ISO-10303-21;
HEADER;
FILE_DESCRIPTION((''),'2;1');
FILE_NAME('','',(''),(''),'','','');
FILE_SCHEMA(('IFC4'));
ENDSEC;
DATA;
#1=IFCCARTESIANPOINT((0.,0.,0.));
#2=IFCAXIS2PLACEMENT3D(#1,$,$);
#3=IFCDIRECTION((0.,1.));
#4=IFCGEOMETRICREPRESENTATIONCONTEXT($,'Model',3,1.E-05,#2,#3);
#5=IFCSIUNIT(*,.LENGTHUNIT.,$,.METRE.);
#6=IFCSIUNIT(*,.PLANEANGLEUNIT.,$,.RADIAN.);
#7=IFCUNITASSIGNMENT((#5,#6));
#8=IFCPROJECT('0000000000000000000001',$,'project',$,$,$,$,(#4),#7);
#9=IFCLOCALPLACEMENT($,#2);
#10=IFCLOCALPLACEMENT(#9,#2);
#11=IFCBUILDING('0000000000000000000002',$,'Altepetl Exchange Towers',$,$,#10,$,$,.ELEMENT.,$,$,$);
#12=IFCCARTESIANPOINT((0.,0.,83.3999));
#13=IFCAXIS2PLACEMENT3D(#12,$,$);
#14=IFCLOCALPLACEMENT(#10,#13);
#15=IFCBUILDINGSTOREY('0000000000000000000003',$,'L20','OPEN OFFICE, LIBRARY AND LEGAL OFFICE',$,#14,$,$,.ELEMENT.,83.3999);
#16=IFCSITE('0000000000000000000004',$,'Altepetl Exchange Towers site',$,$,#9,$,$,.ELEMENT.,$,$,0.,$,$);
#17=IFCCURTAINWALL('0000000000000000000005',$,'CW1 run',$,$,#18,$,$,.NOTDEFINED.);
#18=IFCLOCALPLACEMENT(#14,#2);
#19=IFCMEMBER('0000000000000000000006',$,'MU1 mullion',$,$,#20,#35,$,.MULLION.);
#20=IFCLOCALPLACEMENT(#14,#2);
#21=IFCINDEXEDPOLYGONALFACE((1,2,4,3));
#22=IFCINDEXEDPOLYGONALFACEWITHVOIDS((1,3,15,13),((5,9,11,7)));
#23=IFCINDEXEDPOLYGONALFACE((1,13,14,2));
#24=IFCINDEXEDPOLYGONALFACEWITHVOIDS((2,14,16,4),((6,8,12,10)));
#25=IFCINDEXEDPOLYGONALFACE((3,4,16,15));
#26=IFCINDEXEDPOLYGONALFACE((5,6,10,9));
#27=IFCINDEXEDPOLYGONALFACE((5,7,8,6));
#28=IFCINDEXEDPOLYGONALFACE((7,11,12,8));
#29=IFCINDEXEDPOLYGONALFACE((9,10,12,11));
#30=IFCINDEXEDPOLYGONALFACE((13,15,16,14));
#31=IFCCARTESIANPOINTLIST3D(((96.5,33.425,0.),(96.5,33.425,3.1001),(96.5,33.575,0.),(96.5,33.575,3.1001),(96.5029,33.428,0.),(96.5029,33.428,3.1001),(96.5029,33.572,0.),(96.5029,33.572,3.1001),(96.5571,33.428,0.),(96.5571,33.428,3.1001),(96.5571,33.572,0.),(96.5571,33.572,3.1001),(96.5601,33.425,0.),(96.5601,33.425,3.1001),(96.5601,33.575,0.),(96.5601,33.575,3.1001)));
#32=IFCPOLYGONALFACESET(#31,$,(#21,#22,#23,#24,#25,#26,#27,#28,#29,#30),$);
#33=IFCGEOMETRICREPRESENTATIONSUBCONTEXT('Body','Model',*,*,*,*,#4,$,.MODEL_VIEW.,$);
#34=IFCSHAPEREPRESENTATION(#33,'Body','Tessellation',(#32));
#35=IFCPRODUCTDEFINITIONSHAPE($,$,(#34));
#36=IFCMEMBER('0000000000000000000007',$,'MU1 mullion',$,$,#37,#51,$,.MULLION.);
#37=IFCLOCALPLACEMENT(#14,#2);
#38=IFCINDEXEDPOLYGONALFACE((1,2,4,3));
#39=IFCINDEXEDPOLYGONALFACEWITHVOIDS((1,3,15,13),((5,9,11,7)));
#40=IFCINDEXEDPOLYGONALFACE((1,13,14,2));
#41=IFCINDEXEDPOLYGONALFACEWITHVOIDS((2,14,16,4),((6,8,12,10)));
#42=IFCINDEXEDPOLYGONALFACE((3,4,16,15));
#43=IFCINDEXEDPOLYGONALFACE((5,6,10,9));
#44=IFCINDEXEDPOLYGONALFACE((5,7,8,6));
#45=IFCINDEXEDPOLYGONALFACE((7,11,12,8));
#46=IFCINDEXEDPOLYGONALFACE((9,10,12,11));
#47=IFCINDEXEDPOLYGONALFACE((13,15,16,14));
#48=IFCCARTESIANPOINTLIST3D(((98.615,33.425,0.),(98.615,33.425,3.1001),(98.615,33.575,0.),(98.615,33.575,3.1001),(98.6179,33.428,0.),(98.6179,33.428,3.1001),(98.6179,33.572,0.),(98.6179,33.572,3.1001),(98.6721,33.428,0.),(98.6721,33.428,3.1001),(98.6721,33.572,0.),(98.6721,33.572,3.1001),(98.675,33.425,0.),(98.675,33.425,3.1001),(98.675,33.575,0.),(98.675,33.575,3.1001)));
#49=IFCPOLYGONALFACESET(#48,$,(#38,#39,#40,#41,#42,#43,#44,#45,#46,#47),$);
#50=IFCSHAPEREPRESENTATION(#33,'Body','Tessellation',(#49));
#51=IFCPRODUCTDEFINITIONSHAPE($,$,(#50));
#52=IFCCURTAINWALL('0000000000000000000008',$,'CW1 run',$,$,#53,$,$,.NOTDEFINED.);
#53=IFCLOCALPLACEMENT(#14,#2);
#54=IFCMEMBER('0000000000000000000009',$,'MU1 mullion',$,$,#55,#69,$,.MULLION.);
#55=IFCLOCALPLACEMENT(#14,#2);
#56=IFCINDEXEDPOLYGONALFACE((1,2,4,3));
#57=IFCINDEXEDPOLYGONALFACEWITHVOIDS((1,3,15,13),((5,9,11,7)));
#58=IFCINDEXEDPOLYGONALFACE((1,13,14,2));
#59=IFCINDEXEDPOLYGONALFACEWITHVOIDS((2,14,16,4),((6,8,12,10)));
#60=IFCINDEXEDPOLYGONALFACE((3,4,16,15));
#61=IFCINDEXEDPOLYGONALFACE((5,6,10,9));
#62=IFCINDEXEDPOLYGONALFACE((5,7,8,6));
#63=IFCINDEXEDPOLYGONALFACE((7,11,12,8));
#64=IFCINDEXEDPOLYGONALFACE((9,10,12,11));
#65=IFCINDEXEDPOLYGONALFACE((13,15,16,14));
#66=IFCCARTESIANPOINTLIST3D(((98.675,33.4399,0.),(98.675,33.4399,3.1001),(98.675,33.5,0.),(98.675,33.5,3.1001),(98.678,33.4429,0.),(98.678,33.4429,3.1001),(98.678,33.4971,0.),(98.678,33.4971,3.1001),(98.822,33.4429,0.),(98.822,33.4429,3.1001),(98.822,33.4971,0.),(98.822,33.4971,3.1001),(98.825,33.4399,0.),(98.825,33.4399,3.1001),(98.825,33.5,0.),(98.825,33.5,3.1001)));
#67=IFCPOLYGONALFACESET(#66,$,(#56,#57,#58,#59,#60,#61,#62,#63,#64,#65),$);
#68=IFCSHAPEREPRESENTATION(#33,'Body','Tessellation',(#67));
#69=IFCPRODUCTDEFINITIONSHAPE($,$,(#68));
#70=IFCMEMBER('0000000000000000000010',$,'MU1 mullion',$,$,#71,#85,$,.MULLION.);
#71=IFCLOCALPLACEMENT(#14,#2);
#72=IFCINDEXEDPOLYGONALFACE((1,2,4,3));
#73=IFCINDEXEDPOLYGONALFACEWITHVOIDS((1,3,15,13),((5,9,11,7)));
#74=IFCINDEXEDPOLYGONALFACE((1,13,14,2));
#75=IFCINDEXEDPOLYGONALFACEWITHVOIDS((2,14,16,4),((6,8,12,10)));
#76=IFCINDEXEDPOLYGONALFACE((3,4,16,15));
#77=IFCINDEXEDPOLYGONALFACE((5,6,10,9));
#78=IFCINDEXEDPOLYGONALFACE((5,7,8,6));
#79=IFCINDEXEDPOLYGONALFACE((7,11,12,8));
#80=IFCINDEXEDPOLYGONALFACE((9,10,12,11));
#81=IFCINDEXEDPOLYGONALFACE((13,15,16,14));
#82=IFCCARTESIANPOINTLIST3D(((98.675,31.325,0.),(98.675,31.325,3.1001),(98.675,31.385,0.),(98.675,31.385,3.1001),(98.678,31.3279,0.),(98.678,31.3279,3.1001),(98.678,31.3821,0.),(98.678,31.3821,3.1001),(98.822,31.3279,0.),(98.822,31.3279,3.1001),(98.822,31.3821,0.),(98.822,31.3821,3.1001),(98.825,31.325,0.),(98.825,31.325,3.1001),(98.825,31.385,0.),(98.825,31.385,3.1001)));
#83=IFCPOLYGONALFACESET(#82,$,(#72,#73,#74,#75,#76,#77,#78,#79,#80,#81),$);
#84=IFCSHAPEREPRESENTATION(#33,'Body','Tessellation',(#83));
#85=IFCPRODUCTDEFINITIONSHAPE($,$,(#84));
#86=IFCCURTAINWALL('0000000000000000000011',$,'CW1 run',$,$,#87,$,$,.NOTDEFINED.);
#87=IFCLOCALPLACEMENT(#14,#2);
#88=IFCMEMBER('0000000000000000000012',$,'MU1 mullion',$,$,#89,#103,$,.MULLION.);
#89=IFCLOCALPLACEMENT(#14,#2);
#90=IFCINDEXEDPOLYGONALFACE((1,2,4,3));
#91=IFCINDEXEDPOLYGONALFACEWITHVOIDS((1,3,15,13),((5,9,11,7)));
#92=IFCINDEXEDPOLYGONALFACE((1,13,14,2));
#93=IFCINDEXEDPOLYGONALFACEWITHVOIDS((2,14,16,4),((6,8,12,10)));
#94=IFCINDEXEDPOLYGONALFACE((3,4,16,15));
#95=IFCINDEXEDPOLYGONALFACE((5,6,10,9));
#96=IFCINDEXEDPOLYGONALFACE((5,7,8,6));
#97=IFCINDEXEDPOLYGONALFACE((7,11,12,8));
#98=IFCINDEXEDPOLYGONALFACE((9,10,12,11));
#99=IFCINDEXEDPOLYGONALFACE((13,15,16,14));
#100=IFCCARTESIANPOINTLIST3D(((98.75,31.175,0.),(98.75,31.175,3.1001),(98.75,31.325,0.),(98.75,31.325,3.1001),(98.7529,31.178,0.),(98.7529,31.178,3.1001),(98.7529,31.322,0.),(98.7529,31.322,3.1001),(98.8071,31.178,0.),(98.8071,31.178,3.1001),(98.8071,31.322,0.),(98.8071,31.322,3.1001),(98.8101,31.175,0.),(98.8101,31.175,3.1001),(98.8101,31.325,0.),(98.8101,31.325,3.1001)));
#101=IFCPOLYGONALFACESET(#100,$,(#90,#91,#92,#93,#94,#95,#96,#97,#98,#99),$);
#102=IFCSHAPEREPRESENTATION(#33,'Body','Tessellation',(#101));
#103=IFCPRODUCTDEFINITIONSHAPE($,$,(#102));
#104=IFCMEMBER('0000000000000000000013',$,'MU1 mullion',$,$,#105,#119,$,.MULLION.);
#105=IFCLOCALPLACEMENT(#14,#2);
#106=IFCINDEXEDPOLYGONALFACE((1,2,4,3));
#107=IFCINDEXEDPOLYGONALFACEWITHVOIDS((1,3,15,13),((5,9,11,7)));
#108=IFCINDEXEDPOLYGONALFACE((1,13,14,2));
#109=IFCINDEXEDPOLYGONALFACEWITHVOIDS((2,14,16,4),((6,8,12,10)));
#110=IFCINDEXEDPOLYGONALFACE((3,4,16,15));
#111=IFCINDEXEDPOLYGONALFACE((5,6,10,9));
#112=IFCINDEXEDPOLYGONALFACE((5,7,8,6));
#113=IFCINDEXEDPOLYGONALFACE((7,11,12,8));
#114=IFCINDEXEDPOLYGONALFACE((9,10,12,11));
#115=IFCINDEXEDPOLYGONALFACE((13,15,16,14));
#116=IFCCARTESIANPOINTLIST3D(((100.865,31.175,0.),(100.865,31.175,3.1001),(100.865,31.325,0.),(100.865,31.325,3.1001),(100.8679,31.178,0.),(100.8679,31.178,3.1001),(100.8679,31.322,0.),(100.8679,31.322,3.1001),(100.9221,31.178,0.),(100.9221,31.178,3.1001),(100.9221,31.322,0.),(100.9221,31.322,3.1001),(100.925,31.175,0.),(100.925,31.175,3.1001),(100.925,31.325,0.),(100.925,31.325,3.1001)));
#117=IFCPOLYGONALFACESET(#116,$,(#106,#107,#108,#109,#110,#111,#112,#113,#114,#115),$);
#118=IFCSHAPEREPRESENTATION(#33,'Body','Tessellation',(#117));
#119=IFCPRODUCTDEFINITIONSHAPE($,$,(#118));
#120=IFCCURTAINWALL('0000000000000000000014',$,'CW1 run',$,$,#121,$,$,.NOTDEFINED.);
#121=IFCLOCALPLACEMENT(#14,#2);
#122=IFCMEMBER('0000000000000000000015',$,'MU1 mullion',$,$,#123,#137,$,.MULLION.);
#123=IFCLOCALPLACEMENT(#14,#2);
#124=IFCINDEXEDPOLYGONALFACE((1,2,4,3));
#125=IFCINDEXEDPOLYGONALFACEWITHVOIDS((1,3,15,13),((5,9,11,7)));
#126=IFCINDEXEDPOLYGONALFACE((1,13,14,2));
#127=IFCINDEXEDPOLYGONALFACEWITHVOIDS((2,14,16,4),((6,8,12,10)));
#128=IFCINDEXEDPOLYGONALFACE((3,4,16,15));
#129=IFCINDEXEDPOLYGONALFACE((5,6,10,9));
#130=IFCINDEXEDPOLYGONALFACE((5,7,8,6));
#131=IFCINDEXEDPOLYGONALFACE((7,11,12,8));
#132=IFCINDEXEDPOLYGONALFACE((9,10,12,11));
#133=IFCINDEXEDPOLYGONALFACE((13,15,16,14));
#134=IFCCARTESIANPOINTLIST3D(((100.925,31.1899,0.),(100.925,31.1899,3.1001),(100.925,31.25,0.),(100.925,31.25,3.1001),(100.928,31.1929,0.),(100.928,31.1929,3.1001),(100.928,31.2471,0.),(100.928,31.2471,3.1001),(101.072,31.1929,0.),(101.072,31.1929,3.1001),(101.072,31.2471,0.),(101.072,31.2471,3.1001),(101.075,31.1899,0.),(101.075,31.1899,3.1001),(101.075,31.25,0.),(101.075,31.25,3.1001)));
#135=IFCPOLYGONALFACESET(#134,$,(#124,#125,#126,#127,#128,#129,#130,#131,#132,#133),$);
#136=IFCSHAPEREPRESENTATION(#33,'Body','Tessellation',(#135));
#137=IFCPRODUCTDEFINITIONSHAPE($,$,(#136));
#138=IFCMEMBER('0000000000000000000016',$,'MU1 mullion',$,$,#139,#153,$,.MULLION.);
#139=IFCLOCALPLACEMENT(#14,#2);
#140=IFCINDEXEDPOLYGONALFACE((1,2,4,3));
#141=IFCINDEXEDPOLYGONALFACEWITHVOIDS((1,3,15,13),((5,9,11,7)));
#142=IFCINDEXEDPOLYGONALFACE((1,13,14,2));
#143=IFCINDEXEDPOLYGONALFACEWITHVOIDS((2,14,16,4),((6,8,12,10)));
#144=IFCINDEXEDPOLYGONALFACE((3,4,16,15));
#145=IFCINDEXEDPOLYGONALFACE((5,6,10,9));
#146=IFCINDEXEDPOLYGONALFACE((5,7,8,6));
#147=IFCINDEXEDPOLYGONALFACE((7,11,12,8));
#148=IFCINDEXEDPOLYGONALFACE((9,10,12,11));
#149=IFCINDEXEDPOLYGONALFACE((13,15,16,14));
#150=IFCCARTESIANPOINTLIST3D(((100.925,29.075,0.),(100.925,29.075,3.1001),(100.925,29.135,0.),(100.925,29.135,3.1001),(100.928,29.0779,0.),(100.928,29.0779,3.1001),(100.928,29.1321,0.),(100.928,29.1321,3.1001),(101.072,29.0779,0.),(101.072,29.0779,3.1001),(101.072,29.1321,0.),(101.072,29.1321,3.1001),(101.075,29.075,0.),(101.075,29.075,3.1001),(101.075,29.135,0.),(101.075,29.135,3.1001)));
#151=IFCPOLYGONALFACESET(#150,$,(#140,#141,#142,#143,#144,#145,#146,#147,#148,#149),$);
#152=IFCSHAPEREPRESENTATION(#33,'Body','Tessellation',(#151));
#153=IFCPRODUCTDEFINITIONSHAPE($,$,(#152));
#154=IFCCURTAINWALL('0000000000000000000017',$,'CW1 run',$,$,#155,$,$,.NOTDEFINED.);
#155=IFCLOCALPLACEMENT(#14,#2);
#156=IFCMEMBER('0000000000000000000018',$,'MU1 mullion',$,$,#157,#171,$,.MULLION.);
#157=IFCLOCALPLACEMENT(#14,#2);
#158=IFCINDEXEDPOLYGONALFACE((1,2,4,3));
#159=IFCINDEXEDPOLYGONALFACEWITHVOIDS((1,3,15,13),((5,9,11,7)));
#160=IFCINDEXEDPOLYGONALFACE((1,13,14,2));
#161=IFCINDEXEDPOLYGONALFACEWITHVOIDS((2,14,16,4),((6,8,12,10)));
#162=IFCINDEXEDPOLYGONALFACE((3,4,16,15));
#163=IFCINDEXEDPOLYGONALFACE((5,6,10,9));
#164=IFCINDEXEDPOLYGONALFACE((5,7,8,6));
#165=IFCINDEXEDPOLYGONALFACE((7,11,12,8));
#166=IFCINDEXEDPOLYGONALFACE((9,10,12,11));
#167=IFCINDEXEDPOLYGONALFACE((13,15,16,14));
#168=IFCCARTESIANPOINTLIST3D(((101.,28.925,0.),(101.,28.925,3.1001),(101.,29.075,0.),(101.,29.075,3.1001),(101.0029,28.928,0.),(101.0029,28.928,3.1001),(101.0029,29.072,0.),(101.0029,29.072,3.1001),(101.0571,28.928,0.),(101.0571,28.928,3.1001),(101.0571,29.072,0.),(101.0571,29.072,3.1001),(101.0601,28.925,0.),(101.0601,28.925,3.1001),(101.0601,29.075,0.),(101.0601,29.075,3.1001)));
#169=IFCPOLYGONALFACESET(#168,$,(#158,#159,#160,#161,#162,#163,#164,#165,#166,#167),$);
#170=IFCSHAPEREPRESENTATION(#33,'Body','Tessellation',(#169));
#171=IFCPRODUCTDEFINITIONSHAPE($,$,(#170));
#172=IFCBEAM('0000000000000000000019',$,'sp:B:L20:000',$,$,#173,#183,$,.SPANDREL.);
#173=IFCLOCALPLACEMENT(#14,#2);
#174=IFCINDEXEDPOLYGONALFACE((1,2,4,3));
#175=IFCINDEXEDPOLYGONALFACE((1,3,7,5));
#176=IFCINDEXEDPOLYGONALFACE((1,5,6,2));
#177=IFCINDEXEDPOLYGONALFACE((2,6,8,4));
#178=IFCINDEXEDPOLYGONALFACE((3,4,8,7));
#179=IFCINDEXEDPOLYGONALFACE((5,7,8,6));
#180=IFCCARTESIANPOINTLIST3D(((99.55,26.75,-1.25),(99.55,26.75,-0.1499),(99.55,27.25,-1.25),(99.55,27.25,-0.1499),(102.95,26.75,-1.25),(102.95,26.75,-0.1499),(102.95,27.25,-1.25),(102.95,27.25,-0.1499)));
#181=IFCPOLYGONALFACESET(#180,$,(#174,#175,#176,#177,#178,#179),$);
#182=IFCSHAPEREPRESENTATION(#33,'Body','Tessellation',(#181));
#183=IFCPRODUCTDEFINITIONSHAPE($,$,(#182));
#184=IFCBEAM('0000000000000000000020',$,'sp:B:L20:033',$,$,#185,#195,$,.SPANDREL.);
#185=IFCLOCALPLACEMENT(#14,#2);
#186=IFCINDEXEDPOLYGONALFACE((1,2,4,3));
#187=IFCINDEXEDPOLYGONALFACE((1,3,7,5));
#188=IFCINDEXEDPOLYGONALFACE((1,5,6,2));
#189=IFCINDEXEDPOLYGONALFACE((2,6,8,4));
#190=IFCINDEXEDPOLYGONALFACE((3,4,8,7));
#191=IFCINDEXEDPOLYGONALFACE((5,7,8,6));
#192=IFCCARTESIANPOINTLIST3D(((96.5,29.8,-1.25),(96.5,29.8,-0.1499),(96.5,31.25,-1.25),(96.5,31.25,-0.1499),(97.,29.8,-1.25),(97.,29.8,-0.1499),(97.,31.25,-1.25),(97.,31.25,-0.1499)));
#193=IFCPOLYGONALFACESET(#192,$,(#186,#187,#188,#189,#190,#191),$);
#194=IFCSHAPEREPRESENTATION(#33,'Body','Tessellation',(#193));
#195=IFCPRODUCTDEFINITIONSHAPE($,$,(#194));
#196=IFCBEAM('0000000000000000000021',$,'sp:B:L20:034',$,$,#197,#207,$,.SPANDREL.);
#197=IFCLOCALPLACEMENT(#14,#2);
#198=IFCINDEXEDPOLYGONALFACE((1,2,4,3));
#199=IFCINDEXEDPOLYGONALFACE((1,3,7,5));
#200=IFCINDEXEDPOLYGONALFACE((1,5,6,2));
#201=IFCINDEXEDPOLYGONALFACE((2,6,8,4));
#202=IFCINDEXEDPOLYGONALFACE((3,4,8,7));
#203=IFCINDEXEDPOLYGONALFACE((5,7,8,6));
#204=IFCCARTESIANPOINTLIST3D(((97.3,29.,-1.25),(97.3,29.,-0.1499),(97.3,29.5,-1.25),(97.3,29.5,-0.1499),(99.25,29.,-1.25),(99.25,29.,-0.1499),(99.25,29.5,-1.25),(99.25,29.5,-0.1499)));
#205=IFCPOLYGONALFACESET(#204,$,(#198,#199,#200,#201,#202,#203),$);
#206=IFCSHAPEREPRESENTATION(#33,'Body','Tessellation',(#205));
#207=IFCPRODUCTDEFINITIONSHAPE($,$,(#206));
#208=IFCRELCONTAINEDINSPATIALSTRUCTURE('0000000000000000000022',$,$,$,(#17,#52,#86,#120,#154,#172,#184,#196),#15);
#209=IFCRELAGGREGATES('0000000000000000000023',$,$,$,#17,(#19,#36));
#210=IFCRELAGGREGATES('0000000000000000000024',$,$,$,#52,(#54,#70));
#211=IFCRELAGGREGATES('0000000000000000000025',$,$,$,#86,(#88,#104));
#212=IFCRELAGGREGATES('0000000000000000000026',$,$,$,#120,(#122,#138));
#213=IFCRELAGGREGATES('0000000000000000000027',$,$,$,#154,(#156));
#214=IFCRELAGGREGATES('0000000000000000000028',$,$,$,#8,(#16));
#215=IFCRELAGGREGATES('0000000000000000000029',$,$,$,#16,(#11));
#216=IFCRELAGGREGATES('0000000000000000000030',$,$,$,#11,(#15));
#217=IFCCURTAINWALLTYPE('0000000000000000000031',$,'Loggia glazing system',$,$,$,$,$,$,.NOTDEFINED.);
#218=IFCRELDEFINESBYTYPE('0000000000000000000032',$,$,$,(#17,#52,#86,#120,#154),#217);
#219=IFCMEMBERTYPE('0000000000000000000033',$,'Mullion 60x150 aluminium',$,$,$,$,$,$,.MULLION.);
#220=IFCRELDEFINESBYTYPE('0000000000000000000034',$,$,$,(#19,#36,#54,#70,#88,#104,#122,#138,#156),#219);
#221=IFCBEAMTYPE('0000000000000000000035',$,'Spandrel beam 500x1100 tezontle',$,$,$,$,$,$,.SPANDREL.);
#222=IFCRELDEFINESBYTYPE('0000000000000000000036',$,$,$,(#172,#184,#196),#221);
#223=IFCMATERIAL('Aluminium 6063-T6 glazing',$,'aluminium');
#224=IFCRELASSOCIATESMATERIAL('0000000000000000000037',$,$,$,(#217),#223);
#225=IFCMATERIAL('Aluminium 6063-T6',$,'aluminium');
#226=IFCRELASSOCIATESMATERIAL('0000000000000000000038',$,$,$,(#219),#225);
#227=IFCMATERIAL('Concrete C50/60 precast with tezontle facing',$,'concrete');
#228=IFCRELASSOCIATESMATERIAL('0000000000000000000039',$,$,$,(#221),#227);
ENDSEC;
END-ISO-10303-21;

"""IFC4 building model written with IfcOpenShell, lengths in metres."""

from ifc_helpers import new_model, si_unit, direction, frame, origin, origin_2d, place, context, subcontext, project, spatial, rectangle, hollow_rectangle, extrude, material, material_profile, profile_set, type_object, element, aggregate, save


model = new_model("IFC4")

# Units and contexts
model_context = context("Model", 3, precision=1e-05, world=origin(), true_north=direction((0.0, 1.0)))
body_context = subcontext(model_context, "Body", "Model", "MODEL_VIEW")
ifc_project = project(units=[si_unit("LENGTHUNIT", "METRE"), si_unit("PLANEANGLEUNIT", "RADIAN")], contexts=[model_context])

# Site, building, storey
site_placement = place(None, origin())
site = spatial("IfcSite", under=ifc_project, at=site_placement, Name="Altepetl Exchange Towers site", CompositionType="ELEMENT", RefElevation=0.0)
building_placement = place(site_placement, origin())
building = spatial("IfcBuilding", under=site, at=building_placement, Name="Altepetl Exchange Towers", CompositionType="ELEMENT")
storey_placement = place(building_placement, frame((0.0, 0.0, 83.3999)))
storey = spatial("IfcBuildingStorey", under=building, at=storey_placement, Name="L20", Description="OPEN OFFICE, LIBRARY AND LEGAL OFFICE", CompositionType="ELEMENT", Elevation=83.3999)

# Curtain walls, members
ifc_material_1 = material(Name="Aluminium 6063-T6 glazing", Category="aluminium")
curtain_wall_type = type_object("IfcCurtainWallType", Name="Loggia glazing system", PredefinedType="NOTDEFINED", material=ifc_material_1)
ifc_material_2 = material(Name="Aluminium 6063-T6", Category="aluminium")
ifc_material_profile_1 = material_profile(ifc_material_2, hollow_rectangle(XDim=0.0601, YDim=0.1499, WallThickness=0.0029, at=origin_2d()), Name="Mullion 60x150 aluminium")
ifc_profile_set_1 = profile_set([ifc_material_profile_1], Name="Aluminium 6063-T6")
member_type = type_object("IfcMemberType", Name="Mullion 60x150 aluminium", PredefinedType="MULLION", material=ifc_profile_set_1)
curtain_wall_1_placement = place(storey_placement, origin())
curtain_wall_1 = element("IfcCurtainWall", 1, at=curtain_wall_1_placement, inside=storey, type_object=curtain_wall_type, Name="CW1 run", PredefinedType="NOTDEFINED")
member_1_placement = place(storey_placement, frame((96.53, 33.5, 0.0)))
member_1 = element("IfcMember", 2, at=member_1_placement, type_object=member_type, Name="MU1 mullion", PredefinedType="MULLION", context=body_context, shape_type="SweptSolid", body=[
    extrude(hollow_rectangle(XDim=0.0601, YDim=0.1499, WallThickness=0.0029, at=origin_2d()), origin(), (0.0, 0.0, 1.0), 3.1001),
])
member_2_placement = place(storey_placement, frame((98.645, 33.5, 0.0)))
member_2 = element("IfcMember", 3, at=member_2_placement, type_object=member_type, Name="MU1 mullion", PredefinedType="MULLION", context=body_context, shape_type="SweptSolid", body=[
    extrude(hollow_rectangle(XDim=0.0601, YDim=0.1499, WallThickness=0.0029, at=origin_2d()), origin(), (0.0, 0.0, 1.0), 3.1001),
])
curtain_wall_2_placement = place(storey_placement, origin())
curtain_wall_2 = element("IfcCurtainWall", 4, at=curtain_wall_2_placement, inside=storey, type_object=curtain_wall_type, Name="CW1 run", PredefinedType="NOTDEFINED")
member_3_placement = place(storey_placement, frame((98.75, 33.47, 0.0), z_axis=(0.0, 0.0, 1.0), x_axis=(0.0, -1.0, 0.0)))
member_3 = element("IfcMember", 5, at=member_3_placement, type_object=member_type, Name="MU1 mullion", PredefinedType="MULLION", context=body_context, shape_type="SweptSolid", body=[
    extrude(hollow_rectangle(XDim=0.0601, YDim=0.1499, WallThickness=0.0029, at=origin_2d()), origin(), (0.0, 0.0, 1.0), 3.1001),
])
member_4_placement = place(storey_placement, frame((98.75, 31.355, 0.0), z_axis=(0.0, 0.0, 1.0), x_axis=(0.0, -1.0, 0.0)))
member_4 = element("IfcMember", 6, at=member_4_placement, type_object=member_type, Name="MU1 mullion", PredefinedType="MULLION", context=body_context, shape_type="SweptSolid", body=[
    extrude(hollow_rectangle(XDim=0.0601, YDim=0.1499, WallThickness=0.0029, at=origin_2d()), origin(), (0.0, 0.0, 1.0), 3.1001),
])
curtain_wall_3_placement = place(storey_placement, origin())
curtain_wall_3 = element("IfcCurtainWall", 7, at=curtain_wall_3_placement, inside=storey, type_object=curtain_wall_type, Name="CW1 run", PredefinedType="NOTDEFINED")
member_5_placement = place(storey_placement, frame((98.78, 31.25, 0.0)))
member_5 = element("IfcMember", 8, at=member_5_placement, type_object=member_type, Name="MU1 mullion", PredefinedType="MULLION", context=body_context, shape_type="SweptSolid", body=[
    extrude(hollow_rectangle(XDim=0.0601, YDim=0.1499, WallThickness=0.0029, at=origin_2d()), origin(), (0.0, 0.0, 1.0), 3.1001),
])
member_6_placement = place(storey_placement, frame((100.895, 31.25, 0.0)))
member_6 = element("IfcMember", 9, at=member_6_placement, type_object=member_type, Name="MU1 mullion", PredefinedType="MULLION", context=body_context, shape_type="SweptSolid", body=[
    extrude(hollow_rectangle(XDim=0.0601, YDim=0.1499, WallThickness=0.0029, at=origin_2d()), origin(), (0.0, 0.0, 1.0), 3.1001),
])
curtain_wall_4_placement = place(storey_placement, origin())
curtain_wall_4 = element("IfcCurtainWall", 10, at=curtain_wall_4_placement, inside=storey, type_object=curtain_wall_type, Name="CW1 run", PredefinedType="NOTDEFINED")
member_7_placement = place(storey_placement, frame((101.0, 31.22, 0.0), z_axis=(0.0, 0.0, 1.0), x_axis=(0.0, -1.0, 0.0)))
member_7 = element("IfcMember", 11, at=member_7_placement, type_object=member_type, Name="MU1 mullion", PredefinedType="MULLION", context=body_context, shape_type="SweptSolid", body=[
    extrude(hollow_rectangle(XDim=0.0601, YDim=0.1499, WallThickness=0.0029, at=origin_2d()), origin(), (0.0, 0.0, 1.0), 3.1001),
])
member_8_placement = place(storey_placement, frame((101.0, 29.105, 0.0), z_axis=(0.0, 0.0, 1.0), x_axis=(0.0, -1.0, 0.0)))
member_8 = element("IfcMember", 12, at=member_8_placement, type_object=member_type, Name="MU1 mullion", PredefinedType="MULLION", context=body_context, shape_type="SweptSolid", body=[
    extrude(hollow_rectangle(XDim=0.0601, YDim=0.1499, WallThickness=0.0029, at=origin_2d()), origin(), (0.0, 0.0, 1.0), 3.1001),
])

# Curtain wall, member
curtain_wall_5_placement = place(storey_placement, origin())
curtain_wall_5 = element("IfcCurtainWall", 13, at=curtain_wall_5_placement, inside=storey, type_object=curtain_wall_type, Name="CW1 run", PredefinedType="NOTDEFINED")
member_9_placement = place(storey_placement, frame((101.03, 29.0, 0.0)))
member_9 = element("IfcMember", 14, at=member_9_placement, type_object=member_type, Name="MU1 mullion", PredefinedType="MULLION", context=body_context, shape_type="SweptSolid", body=[
    extrude(hollow_rectangle(XDim=0.0601, YDim=0.1499, WallThickness=0.0029, at=origin_2d()), origin(), (0.0, 0.0, 1.0), 3.1001),
])

# Beams
ifc_material_3 = material(Name="Concrete C50/60 precast with tezontle facing", Category="concrete")
ifc_material_profile_2 = material_profile(ifc_material_3, rectangle(XDim=0.5, YDim=1.1001, at=origin_2d()), Name="500 x 1100")
ifc_profile_set_2 = profile_set([ifc_material_profile_2], Name="Concrete C50/60 precast with tezontle facing")
beam_type_1 = type_object("IfcBeamType", Name="Spandrel beam 500x1100 tezontle", PredefinedType="SPANDREL", material=ifc_profile_set_2)
beam_1_placement = place(storey_placement, frame((99.55, 27.0, -0.7), z_axis=(1.0, 0.0, 0.0), x_axis=(0.0, 1.0, 0.0)))
element("IfcBeam", 15, at=beam_1_placement, inside=storey, type_object=beam_type_1, Name="sp:B:L20:000", PredefinedType="SPANDREL", context=body_context, shape_type="SweptSolid", body=[
    extrude(rectangle(XDim=0.5, YDim=1.1001, at=origin_2d()), origin(), (0.0, 0.0, 1.0), 3.3999),
])
beam_2_placement = place(storey_placement, frame((96.75, 31.25, -0.7), z_axis=(0.0, -1.0, 0.0), x_axis=(1.0, 0.0, 0.0)))
element("IfcBeam", 16, at=beam_2_placement, inside=storey, type_object=beam_type_1, Name="sp:B:L20:033", PredefinedType="SPANDREL", context=body_context, shape_type="SweptSolid", body=[
    extrude(rectangle(XDim=0.5, YDim=1.1001, at=origin_2d()), origin(), (0.0, 0.0, 1.0), 1.45),
])
beam_3_placement = place(storey_placement, frame((97.3, 29.25, -0.7), z_axis=(1.0, 0.0, 0.0), x_axis=(0.0, 1.0, 0.0)))
element("IfcBeam", 17, at=beam_3_placement, inside=storey, type_object=beam_type_1, Name="sp:B:L20:034", PredefinedType="SPANDREL", context=body_context, shape_type="SweptSolid", body=[
    extrude(rectangle(XDim=0.5, YDim=1.1001, at=origin_2d()), origin(), (0.0, 0.0, 1.0), 1.95),
])

aggregate(curtain_wall_1, [member_1, member_2])
aggregate(curtain_wall_2, [member_3, member_4])
aggregate(curtain_wall_3, [member_5, member_6])
aggregate(curtain_wall_4, [member_7, member_8])
aggregate(curtain_wall_5, [member_9])

save(model, "model.ifc")
